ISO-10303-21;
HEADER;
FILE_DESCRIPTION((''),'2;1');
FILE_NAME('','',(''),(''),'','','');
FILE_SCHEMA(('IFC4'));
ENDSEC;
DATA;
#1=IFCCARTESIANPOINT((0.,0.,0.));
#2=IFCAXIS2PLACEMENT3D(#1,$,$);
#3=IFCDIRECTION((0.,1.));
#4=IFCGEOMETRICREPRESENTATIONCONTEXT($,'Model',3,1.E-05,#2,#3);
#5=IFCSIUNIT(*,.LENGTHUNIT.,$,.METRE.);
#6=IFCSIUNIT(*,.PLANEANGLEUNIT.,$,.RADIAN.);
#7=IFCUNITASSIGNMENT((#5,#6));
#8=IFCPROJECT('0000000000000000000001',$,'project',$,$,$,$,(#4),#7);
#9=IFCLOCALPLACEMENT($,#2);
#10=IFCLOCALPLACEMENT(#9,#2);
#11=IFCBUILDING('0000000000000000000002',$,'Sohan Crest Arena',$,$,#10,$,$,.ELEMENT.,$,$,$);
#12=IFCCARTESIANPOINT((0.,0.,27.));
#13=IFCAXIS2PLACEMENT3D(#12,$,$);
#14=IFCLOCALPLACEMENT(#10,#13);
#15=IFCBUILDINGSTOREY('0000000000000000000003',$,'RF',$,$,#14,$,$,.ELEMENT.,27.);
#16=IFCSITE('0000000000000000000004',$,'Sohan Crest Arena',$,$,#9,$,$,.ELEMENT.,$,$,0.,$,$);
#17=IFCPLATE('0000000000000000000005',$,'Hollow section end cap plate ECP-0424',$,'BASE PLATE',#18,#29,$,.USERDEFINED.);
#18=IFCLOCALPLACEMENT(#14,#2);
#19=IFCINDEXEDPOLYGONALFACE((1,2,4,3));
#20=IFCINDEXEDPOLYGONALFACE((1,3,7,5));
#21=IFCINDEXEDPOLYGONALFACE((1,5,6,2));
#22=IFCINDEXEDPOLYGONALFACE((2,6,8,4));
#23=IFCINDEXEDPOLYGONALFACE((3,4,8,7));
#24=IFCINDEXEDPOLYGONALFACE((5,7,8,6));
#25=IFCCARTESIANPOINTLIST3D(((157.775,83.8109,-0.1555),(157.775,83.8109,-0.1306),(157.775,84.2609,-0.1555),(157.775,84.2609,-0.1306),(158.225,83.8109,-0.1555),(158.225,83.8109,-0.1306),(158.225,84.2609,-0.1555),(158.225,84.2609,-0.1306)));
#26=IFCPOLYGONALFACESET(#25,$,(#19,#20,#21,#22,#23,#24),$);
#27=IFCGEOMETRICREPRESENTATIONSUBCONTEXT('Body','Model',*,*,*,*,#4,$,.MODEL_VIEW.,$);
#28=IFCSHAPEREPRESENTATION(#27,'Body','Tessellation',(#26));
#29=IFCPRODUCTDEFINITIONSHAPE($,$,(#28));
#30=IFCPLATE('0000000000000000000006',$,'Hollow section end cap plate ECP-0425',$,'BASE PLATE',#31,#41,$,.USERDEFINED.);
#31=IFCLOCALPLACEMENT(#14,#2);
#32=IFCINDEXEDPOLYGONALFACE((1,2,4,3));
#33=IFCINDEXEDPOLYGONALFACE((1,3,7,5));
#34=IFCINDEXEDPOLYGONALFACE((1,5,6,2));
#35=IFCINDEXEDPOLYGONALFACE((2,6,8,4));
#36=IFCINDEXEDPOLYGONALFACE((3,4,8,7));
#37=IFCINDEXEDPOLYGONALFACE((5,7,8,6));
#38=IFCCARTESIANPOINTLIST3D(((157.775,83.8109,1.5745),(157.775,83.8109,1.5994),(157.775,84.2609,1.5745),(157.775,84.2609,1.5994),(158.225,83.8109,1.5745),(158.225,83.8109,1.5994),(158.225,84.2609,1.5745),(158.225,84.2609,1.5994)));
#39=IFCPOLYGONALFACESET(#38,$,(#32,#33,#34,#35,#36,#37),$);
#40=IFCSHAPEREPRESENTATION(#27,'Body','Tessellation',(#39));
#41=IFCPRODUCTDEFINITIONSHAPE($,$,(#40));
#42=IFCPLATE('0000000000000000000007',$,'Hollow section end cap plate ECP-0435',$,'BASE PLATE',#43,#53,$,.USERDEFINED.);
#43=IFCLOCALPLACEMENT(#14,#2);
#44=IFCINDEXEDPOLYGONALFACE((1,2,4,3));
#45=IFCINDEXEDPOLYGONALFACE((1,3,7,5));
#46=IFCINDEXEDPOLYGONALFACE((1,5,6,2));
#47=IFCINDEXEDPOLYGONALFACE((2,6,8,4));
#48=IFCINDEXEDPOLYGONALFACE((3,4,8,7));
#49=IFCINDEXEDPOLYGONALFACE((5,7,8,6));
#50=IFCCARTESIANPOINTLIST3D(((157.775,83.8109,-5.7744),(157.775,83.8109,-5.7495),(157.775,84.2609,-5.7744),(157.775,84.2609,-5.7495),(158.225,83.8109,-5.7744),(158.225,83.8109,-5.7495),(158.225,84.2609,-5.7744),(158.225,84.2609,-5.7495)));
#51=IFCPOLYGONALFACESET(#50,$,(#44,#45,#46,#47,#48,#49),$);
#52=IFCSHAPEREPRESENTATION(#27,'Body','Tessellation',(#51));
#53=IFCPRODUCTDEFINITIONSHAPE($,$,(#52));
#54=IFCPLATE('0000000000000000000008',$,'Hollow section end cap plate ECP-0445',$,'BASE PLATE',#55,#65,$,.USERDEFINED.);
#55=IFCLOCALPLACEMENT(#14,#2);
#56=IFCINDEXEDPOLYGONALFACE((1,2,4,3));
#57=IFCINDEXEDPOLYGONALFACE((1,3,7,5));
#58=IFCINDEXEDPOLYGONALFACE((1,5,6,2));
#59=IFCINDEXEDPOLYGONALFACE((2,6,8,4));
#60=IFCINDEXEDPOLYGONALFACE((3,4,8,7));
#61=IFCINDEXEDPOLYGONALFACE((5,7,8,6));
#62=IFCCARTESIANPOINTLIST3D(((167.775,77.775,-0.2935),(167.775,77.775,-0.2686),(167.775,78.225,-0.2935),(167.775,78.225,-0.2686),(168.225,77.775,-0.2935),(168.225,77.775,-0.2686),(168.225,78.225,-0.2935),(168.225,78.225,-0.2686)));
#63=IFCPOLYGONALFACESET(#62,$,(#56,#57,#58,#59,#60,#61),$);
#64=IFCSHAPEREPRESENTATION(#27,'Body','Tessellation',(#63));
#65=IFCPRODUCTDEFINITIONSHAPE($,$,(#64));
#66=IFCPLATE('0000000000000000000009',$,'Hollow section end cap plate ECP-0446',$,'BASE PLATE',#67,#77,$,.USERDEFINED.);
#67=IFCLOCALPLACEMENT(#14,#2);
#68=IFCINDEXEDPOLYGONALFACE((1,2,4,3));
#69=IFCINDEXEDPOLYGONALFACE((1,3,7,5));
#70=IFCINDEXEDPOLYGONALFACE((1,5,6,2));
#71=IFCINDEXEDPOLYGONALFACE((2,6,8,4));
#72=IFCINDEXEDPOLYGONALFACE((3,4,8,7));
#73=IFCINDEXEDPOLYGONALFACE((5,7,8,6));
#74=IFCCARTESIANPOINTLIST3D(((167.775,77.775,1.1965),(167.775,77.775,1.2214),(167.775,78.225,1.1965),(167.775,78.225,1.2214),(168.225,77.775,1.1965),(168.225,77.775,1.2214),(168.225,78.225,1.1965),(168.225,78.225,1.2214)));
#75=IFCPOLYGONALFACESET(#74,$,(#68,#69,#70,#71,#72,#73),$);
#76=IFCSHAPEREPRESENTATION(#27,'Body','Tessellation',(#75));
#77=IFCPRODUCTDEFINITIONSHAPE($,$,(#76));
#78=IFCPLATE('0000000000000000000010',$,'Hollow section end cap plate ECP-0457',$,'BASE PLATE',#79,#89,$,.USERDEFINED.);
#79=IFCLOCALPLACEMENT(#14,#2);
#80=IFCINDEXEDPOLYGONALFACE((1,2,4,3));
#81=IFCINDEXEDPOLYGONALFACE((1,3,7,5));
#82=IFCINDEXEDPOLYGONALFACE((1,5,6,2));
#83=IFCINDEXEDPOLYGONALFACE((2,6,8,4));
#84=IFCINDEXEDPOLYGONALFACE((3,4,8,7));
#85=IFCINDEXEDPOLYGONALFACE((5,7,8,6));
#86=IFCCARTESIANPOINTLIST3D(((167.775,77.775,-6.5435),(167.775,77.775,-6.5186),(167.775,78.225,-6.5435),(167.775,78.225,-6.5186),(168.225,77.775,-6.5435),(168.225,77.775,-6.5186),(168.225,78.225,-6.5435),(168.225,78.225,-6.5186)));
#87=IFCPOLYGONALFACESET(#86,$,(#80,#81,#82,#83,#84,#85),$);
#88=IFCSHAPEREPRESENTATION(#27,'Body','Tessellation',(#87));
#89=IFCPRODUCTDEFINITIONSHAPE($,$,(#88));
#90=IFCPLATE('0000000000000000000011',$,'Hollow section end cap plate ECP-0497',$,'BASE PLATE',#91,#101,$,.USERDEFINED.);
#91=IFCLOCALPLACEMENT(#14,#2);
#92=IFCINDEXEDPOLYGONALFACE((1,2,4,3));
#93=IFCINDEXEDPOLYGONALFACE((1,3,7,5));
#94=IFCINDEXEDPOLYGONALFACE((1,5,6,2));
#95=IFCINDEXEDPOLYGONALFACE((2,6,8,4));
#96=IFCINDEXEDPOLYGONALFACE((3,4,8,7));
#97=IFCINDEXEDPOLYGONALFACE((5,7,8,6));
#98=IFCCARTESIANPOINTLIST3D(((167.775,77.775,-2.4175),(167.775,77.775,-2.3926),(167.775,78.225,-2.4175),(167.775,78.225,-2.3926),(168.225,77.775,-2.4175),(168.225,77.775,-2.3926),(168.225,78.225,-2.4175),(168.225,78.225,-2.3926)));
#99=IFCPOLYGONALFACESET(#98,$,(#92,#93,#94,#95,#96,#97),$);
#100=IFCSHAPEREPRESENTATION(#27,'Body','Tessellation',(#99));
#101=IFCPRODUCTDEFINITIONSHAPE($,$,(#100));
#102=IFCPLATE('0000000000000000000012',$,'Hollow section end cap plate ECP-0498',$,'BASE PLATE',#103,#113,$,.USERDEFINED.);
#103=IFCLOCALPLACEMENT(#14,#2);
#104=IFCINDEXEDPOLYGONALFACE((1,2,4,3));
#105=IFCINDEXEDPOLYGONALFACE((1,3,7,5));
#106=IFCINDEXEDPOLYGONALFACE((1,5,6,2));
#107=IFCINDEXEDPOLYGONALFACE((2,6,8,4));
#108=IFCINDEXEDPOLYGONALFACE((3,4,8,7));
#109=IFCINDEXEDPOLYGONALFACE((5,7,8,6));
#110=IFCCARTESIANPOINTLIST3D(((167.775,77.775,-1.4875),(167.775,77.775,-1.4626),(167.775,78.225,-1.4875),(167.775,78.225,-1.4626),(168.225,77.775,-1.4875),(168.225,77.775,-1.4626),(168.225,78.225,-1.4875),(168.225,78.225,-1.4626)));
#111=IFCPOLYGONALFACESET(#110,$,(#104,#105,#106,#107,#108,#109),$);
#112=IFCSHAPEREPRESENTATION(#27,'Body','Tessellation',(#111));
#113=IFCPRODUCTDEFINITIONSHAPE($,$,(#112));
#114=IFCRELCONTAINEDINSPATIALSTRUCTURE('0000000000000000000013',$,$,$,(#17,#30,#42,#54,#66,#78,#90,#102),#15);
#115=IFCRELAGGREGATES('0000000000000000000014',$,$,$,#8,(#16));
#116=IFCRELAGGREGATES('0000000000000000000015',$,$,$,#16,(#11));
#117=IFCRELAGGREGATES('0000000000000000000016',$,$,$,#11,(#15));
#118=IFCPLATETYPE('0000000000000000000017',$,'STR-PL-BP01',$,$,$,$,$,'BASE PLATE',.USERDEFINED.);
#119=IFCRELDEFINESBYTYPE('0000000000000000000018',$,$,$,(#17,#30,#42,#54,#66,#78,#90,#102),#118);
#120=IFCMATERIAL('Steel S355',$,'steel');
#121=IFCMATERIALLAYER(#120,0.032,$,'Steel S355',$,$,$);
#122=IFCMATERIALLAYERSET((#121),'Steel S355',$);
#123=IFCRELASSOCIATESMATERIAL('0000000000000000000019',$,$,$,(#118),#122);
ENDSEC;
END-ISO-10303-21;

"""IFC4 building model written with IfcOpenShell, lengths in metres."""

from ifc_helpers import new_model, si_unit, direction, frame, origin, origin_2d, place, context, subcontext, project, spatial, rectangle, extrude, material, layer, layer_set, type_object, element, save


model = new_model("IFC4")

# Units and contexts
model_context = context("Model", 3, precision=1e-05, world=origin(), true_north=direction((0.0, 1.0)))
body_context = subcontext(model_context, "Body", "Model", "MODEL_VIEW")
ifc_project = project(units=[si_unit("LENGTHUNIT", "METRE"), si_unit("PLANEANGLEUNIT", "RADIAN")], contexts=[model_context])

# Site, building, storey
site_placement = place(None, origin())
site = spatial("IfcSite", under=ifc_project, at=site_placement, Name="Sohan Crest Arena", CompositionType="ELEMENT", RefElevation=0.0)
building_placement = place(site_placement, origin())
building = spatial("IfcBuilding", under=site, at=building_placement, Name="Sohan Crest Arena", CompositionType="ELEMENT")
storey_placement = place(building_placement, frame((0.0, 0.0, 27.0)))
storey = spatial("IfcBuildingStorey", under=building, at=storey_placement, Name="RF", CompositionType="ELEMENT", Elevation=27.0)

# Shared definitions
ifc_material_1 = material(Name="Steel S355", Category="steel")

# Plates
ifc_layer = layer(ifc_material_1, 0.032, Name="Steel S355")
ifc_layer_set = layer_set([ifc_layer], Name="Steel S355")
plate_type = type_object("IfcPlateType", Name="STR-PL-BP01", ElementType="BASE PLATE", PredefinedType="USERDEFINED", material=ifc_layer_set)
for number, where, z_axis, x_axis, name in (
    (1, (158.0, 84.0359, -0.1555), (0.0, 0.0, 1.0), (1.0, 0.0, 0.0), "Hollow section end cap plate ECP-0424"),
    (2, (158.0, 84.0359, 1.5745), (0.0, 0.0, 1.0), (1.0, 0.0, 0.0), "Hollow section end cap plate ECP-0425"),
    (3, (158.0, 84.0359, -5.7744), (0.0, 0.0, 1.0), (1.0, 0.0, 0.0), "Hollow section end cap plate ECP-0435"),
    (4, (168.0, 78.0, -0.2935), (0.0, 0.0, 1.0), (1.0, 0.0, 0.0), "Hollow section end cap plate ECP-0445"),
    (5, (168.0, 78.0, 1.1965), (0.0, 0.0, 1.0), (1.0, 0.0, 0.0), "Hollow section end cap plate ECP-0446"),
    (6, (168.0, 78.0, -6.5435), (0.0, 0.0, 1.0), (1.0, 0.0, 0.0), "Hollow section end cap plate ECP-0457"),
    (7, (168.0, 78.0, -2.4175), (0.0, 0.0, 1.0), (1.0, 0.0, 0.0), "Hollow section end cap plate ECP-0497"),
    (8, (168.0, 78.0, -1.4875), (0.0, 0.0, 1.0), (1.0, 0.0, 0.0), "Hollow section end cap plate ECP-0498"),
):
    element("IfcPlate", number, at=place(storey_placement, frame(where, z_axis=z_axis, x_axis=x_axis)), inside=storey, type_object=plate_type, Name=name, ObjectType="BASE PLATE", PredefinedType="USERDEFINED", context=body_context, shape_type="SweptSolid", body=[
        extrude(rectangle(XDim=0.45, YDim=0.45, at=origin_2d()), origin(), (0.0, 0.0, 1.0), 0.0249),
    ])

save(model, "model.ifc")
